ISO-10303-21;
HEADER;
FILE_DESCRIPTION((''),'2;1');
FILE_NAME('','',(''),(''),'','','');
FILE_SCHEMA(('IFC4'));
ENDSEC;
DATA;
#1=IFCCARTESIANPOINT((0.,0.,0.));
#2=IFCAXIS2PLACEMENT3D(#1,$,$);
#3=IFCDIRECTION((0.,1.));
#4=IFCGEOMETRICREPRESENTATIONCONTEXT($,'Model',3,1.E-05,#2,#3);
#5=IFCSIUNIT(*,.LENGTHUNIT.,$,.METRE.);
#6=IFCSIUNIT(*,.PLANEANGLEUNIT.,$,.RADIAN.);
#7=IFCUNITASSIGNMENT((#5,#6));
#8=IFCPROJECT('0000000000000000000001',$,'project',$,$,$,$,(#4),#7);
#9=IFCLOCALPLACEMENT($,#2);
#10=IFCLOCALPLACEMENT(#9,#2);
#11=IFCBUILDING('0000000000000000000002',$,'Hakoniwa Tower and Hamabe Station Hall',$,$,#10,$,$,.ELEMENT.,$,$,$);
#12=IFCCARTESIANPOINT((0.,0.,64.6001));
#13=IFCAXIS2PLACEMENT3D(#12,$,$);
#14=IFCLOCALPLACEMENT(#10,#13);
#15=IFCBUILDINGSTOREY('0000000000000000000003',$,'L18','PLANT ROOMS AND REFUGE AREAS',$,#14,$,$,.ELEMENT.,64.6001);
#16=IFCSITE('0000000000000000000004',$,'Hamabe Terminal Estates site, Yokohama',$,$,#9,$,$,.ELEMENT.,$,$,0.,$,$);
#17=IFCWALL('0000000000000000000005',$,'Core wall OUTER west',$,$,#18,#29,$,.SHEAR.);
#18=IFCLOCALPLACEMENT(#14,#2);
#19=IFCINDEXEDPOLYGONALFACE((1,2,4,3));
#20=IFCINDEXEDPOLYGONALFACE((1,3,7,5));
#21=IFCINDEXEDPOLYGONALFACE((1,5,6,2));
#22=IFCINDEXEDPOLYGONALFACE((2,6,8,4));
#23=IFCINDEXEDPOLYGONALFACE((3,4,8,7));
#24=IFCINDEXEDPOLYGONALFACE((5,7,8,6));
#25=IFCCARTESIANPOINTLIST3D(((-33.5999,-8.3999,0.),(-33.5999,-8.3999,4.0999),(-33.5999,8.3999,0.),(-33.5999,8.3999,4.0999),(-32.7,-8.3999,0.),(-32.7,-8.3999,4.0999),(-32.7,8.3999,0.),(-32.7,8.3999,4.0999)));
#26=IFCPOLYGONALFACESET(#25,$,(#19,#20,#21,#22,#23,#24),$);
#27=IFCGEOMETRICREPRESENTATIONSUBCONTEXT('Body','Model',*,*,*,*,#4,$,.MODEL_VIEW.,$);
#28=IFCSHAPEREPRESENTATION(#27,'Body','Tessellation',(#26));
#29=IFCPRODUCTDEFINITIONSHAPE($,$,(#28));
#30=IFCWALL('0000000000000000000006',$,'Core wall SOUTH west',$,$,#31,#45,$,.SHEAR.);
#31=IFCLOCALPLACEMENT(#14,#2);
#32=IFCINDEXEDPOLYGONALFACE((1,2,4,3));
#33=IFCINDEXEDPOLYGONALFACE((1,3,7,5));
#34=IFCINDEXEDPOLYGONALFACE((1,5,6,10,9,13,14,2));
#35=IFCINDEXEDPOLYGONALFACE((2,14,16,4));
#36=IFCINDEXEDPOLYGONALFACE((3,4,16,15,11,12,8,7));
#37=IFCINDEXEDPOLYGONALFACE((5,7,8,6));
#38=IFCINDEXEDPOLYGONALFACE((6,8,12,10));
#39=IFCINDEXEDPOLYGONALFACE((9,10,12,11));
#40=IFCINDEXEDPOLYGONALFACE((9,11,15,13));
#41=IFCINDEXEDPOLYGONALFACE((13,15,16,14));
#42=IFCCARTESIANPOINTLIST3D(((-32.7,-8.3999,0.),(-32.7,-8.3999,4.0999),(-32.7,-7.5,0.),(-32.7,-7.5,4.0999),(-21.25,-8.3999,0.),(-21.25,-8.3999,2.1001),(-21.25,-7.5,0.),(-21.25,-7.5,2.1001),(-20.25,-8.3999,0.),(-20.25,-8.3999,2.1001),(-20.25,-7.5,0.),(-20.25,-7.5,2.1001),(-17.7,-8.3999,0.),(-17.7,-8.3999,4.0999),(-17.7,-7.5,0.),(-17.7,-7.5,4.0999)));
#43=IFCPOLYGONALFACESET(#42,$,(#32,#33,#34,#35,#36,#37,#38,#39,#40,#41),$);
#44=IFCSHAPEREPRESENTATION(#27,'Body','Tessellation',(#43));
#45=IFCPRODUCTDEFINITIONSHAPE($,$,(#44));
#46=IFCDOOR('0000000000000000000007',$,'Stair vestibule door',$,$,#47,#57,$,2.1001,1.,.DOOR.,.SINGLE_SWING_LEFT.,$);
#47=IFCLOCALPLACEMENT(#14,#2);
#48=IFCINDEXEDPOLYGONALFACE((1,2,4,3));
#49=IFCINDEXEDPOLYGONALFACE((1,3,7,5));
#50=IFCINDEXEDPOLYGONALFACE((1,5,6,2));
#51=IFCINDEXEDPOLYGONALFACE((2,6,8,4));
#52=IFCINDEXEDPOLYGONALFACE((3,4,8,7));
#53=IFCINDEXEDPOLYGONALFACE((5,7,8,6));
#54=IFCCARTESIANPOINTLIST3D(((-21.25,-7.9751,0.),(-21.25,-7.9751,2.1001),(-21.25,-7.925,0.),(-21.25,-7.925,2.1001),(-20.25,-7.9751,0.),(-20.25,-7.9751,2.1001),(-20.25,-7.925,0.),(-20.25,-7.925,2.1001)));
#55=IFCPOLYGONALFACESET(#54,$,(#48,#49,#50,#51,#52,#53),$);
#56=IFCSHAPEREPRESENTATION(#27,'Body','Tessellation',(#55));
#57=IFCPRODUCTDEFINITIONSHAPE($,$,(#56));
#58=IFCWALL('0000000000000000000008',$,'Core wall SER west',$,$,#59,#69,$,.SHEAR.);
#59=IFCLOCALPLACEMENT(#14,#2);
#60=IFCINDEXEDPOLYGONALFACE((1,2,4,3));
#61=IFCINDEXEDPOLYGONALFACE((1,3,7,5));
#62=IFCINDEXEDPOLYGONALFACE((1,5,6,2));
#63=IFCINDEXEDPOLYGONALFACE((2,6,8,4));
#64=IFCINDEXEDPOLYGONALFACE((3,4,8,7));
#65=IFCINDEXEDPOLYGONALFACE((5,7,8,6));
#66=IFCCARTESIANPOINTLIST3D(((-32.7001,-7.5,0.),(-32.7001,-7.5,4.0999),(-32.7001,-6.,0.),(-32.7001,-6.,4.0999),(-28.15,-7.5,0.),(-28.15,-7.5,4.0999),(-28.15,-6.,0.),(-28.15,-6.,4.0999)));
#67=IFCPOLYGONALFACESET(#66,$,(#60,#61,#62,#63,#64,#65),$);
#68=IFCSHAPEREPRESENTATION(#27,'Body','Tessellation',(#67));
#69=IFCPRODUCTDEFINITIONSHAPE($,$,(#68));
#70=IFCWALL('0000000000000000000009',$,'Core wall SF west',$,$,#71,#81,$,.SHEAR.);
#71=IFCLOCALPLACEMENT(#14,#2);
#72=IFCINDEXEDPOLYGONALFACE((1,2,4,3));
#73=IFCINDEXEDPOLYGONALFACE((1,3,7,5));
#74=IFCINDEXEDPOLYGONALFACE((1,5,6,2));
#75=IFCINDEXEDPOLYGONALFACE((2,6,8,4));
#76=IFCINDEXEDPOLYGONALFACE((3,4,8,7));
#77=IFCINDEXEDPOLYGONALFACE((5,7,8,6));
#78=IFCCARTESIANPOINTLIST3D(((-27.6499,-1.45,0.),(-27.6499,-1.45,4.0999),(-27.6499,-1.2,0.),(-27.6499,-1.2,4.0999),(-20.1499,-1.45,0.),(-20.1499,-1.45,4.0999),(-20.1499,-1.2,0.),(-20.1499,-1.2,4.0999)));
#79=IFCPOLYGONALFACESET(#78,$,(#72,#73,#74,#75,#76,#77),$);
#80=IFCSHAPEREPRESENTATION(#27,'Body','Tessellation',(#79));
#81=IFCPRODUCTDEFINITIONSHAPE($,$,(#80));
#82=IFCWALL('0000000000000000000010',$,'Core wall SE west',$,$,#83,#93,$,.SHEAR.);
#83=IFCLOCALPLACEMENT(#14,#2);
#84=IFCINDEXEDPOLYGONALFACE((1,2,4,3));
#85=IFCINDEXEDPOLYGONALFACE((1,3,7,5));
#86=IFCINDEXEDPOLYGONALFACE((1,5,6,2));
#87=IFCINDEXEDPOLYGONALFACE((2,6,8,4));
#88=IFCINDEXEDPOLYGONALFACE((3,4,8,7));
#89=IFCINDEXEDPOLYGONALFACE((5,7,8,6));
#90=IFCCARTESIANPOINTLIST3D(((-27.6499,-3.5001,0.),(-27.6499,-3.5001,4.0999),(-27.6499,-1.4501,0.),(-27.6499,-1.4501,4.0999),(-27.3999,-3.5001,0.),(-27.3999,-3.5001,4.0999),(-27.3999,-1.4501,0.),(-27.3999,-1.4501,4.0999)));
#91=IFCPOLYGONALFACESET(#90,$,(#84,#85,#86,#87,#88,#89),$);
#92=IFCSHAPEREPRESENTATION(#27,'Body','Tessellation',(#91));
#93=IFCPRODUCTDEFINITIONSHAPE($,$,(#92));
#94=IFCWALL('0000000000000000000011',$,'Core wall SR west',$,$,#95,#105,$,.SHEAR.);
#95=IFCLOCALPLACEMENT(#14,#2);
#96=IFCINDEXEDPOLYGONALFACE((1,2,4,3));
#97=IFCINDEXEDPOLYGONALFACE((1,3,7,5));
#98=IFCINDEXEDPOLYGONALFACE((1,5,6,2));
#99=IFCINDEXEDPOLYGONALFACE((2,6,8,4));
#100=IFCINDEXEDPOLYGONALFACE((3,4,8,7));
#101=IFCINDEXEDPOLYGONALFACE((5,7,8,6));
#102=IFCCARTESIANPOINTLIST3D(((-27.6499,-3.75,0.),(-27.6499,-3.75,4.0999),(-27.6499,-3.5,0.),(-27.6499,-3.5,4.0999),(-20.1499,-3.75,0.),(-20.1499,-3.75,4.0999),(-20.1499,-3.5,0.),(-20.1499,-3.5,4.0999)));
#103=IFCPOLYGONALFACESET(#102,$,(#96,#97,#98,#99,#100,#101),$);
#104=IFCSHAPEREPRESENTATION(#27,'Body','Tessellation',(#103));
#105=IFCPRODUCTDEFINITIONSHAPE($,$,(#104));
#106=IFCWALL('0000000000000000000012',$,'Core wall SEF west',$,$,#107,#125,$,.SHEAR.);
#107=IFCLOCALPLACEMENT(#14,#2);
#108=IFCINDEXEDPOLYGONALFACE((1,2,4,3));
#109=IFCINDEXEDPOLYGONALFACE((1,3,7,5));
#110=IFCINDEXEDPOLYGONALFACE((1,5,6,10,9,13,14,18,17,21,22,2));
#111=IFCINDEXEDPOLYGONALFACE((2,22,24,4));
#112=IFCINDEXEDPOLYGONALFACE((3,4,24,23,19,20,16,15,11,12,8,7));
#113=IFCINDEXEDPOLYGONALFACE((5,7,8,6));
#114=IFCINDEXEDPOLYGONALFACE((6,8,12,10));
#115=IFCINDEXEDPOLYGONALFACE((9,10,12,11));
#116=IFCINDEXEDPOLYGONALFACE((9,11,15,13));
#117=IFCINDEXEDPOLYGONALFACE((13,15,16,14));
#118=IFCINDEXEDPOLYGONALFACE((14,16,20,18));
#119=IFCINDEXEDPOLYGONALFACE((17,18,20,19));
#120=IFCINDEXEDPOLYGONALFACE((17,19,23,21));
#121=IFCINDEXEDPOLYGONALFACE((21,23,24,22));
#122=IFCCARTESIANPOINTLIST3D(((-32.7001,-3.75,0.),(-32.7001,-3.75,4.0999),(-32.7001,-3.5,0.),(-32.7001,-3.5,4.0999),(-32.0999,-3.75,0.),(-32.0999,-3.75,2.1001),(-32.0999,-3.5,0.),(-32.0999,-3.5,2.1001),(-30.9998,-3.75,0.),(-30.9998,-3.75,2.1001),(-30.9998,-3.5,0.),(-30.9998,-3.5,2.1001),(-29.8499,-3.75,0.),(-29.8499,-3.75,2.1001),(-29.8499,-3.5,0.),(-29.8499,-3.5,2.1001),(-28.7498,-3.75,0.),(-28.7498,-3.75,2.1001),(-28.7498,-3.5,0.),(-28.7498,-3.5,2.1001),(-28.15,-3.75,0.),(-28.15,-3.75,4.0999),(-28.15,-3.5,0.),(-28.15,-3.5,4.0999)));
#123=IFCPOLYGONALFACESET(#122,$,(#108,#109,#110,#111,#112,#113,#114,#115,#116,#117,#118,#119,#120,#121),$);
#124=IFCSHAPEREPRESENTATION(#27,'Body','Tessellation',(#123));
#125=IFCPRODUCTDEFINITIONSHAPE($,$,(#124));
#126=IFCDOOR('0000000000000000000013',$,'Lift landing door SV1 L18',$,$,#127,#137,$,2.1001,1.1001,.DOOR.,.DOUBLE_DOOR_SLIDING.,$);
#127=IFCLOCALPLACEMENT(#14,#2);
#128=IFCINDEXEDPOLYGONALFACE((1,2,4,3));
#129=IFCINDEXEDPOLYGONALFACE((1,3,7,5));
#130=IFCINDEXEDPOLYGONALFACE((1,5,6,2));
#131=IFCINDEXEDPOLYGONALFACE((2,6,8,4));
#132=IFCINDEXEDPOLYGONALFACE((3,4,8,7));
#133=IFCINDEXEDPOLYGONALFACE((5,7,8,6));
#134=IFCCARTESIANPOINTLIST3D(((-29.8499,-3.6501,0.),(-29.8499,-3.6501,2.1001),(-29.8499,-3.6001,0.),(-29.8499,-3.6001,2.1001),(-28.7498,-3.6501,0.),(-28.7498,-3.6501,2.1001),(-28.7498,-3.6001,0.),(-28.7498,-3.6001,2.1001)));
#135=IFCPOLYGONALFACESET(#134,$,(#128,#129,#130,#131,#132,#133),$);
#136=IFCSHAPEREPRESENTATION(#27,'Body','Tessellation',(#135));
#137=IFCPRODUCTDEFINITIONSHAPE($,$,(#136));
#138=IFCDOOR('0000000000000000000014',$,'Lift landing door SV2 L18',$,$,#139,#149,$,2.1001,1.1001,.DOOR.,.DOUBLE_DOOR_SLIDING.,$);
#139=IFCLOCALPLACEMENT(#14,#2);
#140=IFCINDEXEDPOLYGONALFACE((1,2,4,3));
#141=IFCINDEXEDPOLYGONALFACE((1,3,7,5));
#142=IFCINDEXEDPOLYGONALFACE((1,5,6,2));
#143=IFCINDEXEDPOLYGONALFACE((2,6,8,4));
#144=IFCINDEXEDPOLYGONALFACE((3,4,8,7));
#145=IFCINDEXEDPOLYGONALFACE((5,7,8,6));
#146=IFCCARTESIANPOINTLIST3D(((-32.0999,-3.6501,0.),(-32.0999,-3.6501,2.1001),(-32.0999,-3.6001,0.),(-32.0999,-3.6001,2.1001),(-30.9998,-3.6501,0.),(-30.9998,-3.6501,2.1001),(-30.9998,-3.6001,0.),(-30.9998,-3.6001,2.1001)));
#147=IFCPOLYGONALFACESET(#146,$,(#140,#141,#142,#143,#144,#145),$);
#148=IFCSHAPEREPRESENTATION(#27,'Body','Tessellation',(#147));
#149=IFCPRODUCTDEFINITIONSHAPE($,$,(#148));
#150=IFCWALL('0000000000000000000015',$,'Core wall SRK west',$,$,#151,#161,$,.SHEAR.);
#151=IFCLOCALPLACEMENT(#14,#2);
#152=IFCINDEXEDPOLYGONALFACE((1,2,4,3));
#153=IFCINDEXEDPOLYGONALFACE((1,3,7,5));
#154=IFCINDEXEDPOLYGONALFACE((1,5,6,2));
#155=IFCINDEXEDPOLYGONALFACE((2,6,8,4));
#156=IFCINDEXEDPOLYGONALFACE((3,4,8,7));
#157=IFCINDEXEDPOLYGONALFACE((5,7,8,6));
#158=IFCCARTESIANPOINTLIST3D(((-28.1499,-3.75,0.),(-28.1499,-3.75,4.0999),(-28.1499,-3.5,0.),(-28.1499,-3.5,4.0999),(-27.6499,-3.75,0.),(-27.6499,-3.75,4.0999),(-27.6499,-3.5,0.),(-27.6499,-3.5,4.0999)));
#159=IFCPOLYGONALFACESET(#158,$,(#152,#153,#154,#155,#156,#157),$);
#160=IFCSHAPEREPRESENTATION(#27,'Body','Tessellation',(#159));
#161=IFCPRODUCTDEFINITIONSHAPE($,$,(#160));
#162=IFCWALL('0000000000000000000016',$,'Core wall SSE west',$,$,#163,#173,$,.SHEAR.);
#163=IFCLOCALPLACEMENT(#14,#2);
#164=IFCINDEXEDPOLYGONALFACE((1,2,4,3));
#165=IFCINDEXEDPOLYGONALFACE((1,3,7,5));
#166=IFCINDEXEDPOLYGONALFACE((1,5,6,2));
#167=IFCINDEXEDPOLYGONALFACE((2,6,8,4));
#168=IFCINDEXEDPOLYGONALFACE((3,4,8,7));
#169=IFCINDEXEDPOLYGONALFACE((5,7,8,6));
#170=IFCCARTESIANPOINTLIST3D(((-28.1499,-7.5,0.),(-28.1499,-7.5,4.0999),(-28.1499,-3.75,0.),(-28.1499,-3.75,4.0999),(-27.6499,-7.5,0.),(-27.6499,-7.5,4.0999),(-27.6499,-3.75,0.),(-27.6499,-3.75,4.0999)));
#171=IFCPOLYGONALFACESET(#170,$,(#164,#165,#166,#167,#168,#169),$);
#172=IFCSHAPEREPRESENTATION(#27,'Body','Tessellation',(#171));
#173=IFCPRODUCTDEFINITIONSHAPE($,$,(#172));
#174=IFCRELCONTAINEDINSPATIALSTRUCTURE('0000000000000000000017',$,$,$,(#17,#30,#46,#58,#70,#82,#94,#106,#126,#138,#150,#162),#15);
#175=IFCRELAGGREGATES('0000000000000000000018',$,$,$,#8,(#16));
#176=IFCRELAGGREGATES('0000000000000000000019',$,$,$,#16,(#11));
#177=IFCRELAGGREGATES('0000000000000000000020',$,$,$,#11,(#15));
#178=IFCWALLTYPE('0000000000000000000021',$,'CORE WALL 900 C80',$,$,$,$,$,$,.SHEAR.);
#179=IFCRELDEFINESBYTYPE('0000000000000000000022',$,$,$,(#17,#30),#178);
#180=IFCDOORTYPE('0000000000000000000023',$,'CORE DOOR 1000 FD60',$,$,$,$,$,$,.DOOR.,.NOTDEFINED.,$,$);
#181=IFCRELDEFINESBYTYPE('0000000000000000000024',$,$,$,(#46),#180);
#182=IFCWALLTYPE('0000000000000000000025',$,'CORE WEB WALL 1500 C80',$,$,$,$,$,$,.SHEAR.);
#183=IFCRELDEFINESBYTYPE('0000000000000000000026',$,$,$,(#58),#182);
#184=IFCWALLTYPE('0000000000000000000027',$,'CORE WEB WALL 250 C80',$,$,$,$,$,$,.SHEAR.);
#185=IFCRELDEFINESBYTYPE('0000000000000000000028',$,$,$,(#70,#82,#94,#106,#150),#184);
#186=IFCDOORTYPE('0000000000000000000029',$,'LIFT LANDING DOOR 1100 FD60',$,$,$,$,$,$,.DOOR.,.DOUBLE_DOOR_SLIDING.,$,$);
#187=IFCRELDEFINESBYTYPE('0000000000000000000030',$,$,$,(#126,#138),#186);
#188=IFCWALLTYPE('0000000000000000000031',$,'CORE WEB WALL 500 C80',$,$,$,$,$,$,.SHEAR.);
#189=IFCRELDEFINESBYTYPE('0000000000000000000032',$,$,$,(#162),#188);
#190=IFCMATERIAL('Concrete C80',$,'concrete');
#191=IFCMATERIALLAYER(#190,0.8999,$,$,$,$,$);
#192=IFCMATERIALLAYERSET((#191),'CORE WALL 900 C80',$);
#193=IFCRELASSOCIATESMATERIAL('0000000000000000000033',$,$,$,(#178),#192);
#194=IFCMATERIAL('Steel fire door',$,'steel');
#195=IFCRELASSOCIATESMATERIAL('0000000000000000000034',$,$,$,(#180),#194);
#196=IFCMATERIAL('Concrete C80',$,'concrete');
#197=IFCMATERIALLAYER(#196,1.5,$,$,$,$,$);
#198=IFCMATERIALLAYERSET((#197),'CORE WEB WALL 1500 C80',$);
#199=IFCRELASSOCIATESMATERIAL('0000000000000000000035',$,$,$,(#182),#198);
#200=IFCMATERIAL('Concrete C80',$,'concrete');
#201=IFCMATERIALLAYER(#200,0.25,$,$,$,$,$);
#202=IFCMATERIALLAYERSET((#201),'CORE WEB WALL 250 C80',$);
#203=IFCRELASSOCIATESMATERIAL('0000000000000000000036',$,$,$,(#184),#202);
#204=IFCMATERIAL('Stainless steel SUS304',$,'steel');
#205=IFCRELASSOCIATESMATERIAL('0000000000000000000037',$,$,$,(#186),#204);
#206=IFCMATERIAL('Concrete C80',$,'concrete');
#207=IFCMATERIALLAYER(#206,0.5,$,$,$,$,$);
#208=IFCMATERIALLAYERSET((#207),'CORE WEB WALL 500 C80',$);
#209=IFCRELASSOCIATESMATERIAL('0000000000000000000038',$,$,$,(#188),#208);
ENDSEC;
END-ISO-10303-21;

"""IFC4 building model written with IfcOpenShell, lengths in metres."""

from ifc_helpers import new_model, si_unit, direction, frame, frame_2d, origin, place, context, subcontext, project, spatial, rectangle, extrude, material, layer, layer_set, type_object, element, fill, save


model = new_model("IFC4")

# Units and contexts
model_context = context("Model", 3, precision=1e-05, world=origin(), true_north=direction((0.0, 1.0)))
body_context = subcontext(model_context, "Body", "Model", "MODEL_VIEW")
ifc_project = project(units=[si_unit("LENGTHUNIT", "METRE"), si_unit("PLANEANGLEUNIT", "RADIAN")], contexts=[model_context])

# Site, building, storey
site_placement = place(None, origin())
site = spatial("IfcSite", under=ifc_project, at=site_placement, Name="Hamabe Terminal Estates site, Yokohama", CompositionType="ELEMENT", RefElevation=0.0)
building_placement = place(site_placement, origin())
building = spatial("IfcBuilding", under=site, at=building_placement, Name="Hakoniwa Tower and Hamabe Station Hall", CompositionType="ELEMENT")
storey_placement = place(building_placement, frame((0.0, 0.0, 64.6001)))
storey = spatial("IfcBuildingStorey", under=building, at=storey_placement, Name="L18", Description="PLANT ROOMS AND REFUGE AREAS", CompositionType="ELEMENT", Elevation=64.6001)

# Wall
ifc_material_1 = material(Name="Concrete C80", Category="concrete")
ifc_layer_1 = layer(ifc_material_1, 0.8999)
ifc_layer_set_1 = layer_set([ifc_layer_1], Name="CORE WALL 900 C80")
wall_type_1 = type_object("IfcWallType", Name="CORE WALL 900 C80", PredefinedType="SHEAR", material=ifc_layer_set_1)
wall_1_placement = place(storey_placement, frame((-33.1499, -8.3999, 0.0), z_axis=(0.0, 0.0, 1.0), x_axis=(0.0, 1.0, 0.0)))
element("IfcWall", 1, at=wall_1_placement, inside=storey, type_object=wall_type_1, Name="Core wall OUTER west", PredefinedType="SHEAR", context=body_context, shape_type="SweptSolid", body=[
    extrude(rectangle(XDim=16.7998, YDim=0.8999, at=frame_2d((8.3999, 0.0))), origin(), (0.0, 0.0, 1.0), 4.0999),
])

# Wall, opening, door
wall_2_placement = place(storey_placement, frame((-32.7, -7.95, 0.0), z_axis=(0.0, 0.0, 1.0), x_axis=(1.0, 0.0, 0.0)))
wall_2 = element("IfcWall", 2, at=wall_2_placement, inside=storey, type_object=wall_type_1, Name="Core wall SOUTH west", PredefinedType="SHEAR", context=body_context, shape_type="SweptSolid", body=[
    extrude(rectangle(XDim=15.0, YDim=0.8999, at=frame_2d((7.5, 0.0))), origin(), (0.0, 0.0, 1.0), 4.0999),
])
opening_1_placement = place(wall_2_placement, frame((11.45, 0.0, 0.0)))
opening_1 = element("IfcOpeningElement", 3, at=opening_1_placement, cuts=wall_2, PredefinedType="OPENING", context=body_context, shape_type="SweptSolid", body=[
    extrude(rectangle(XDim=1.0, YDim=2.1001, at=frame_2d((0.5, 1.05))), frame((0.0, 0.46, 0.0), z_axis=(0.0, -1.0, 0.0), x_axis=(1.0, 0.0, 0.0)), (0.0, 0.0, 1.0), 0.9199),
])
ifc_material_2 = material(Name="Steel fire door", Category="steel")
door_type_1 = type_object("IfcDoorType", Name="CORE DOOR 1000 FD60", OperationType="NOTDEFINED", PredefinedType="DOOR", material=ifc_material_2)
door_1_placement = place(opening_1_placement, origin())
door_1 = element("IfcDoor", 4, at=door_1_placement, inside=storey, type_object=door_type_1, Name="Stair vestibule door", OperationType="SINGLE_SWING_LEFT", OverallHeight=2.1001, OverallWidth=1.0, PredefinedType="DOOR", context=body_context, shape_type="SweptSolid", body=[
    extrude(rectangle(XDim=1.0, YDim=2.1001, at=frame_2d((0.5, 1.05))), frame((0.0, 0.0249, 0.0), z_axis=(0.0, -1.0, 0.0), x_axis=(1.0, 0.0, 0.0)), (0.0, 0.0, 1.0), 0.05),
])
fill(opening_1, door_1)

# Walls
ifc_material_3 = material(Name="Concrete C80", Category="concrete")
ifc_layer_2 = layer(ifc_material_3, 1.5)
ifc_layer_set_2 = layer_set([ifc_layer_2], Name="CORE WEB WALL 1500 C80")
wall_type_2 = type_object("IfcWallType", Name="CORE WEB WALL 1500 C80", PredefinedType="SHEAR", material=ifc_layer_set_2)
wall_3_placement = place(storey_placement, frame((-32.7, -6.75, 0.0), z_axis=(0.0, 0.0, 1.0), x_axis=(1.0, 0.0, 0.0)))
element("IfcWall", 5, at=wall_3_placement, inside=storey, type_object=wall_type_2, Name="Core wall SER west", PredefinedType="SHEAR", context=body_context, shape_type="SweptSolid", body=[
    extrude(rectangle(XDim=4.55, YDim=1.5, at=frame_2d((2.2749, 0.0))), origin(), (0.0, 0.0, 1.0), 4.0999),
])
ifc_material_4 = material(Name="Concrete C80", Category="concrete")
ifc_layer_3 = layer(ifc_material_4, 0.25)
ifc_layer_set_3 = layer_set([ifc_layer_3], Name="CORE WEB WALL 250 C80")
wall_type_3 = type_object("IfcWallType", Name="CORE WEB WALL 250 C80", PredefinedType="SHEAR", material=ifc_layer_set_3)
wall_4_placement = place(storey_placement, frame((-27.6499, -1.325, 0.0), z_axis=(0.0, 0.0, 1.0), x_axis=(1.0, 0.0, 0.0)))
element("IfcWall", 6, at=wall_4_placement, inside=storey, type_object=wall_type_3, Name="Core wall SF west", PredefinedType="SHEAR", context=body_context, shape_type="SweptSolid", body=[
    extrude(rectangle(XDim=7.5, YDim=0.25, at=frame_2d((3.75, 0.0))), origin(), (0.0, 0.0, 1.0), 4.0999),
])
wall_5_placement = place(storey_placement, frame((-27.5249, -3.5, 0.0), z_axis=(0.0, 0.0, 1.0), x_axis=(0.0, 1.0, 0.0)))
element("IfcWall", 7, at=wall_5_placement, inside=storey, type_object=wall_type_3, Name="Core wall SE west", PredefinedType="SHEAR", context=body_context, shape_type="SweptSolid", body=[
    extrude(rectangle(XDim=2.05, YDim=0.25, at=frame_2d((1.0249, 0.0))), origin(), (0.0, 0.0, 1.0), 4.0999),
])
wall_6_placement = place(storey_placement, frame((-27.6499, -3.625, 0.0), z_axis=(0.0, 0.0, 1.0), x_axis=(1.0, 0.0, 0.0)))
element("IfcWall", 8, at=wall_6_placement, inside=storey, type_object=wall_type_3, Name="Core wall SR west", PredefinedType="SHEAR", context=body_context, shape_type="SweptSolid", body=[
    extrude(rectangle(XDim=7.5, YDim=0.25, at=frame_2d((3.75, 0.0))), origin(), (0.0, 0.0, 1.0), 4.0999),
])

# Wall, openings, doors
wall_7_placement = place(storey_placement, frame((-32.7, -3.625, 0.0), z_axis=(0.0, 0.0, 1.0), x_axis=(1.0, 0.0, 0.0)))
wall_7 = element("IfcWall", 9, at=wall_7_placement, inside=storey, type_object=wall_type_3, Name="Core wall SEF west", PredefinedType="SHEAR", context=body_context, shape_type="SweptSolid", body=[
    extrude(rectangle(XDim=4.55, YDim=0.25, at=frame_2d((2.2749, 0.0))), origin(), (0.0, 0.0, 1.0), 4.0999),
])
opening_2_placement = place(wall_7_placement, frame((2.8501, 0.0, 0.0)))
opening_2 = element("IfcOpeningElement", 10, at=opening_2_placement, cuts=wall_7, PredefinedType="OPENING", context=body_context, shape_type="SweptSolid", body=[
    extrude(rectangle(XDim=1.1001, YDim=2.1001, at=frame_2d((0.55, 1.05))), frame((0.0, 0.135, 0.0), z_axis=(0.0, -1.0, 0.0), x_axis=(1.0, 0.0, 0.0)), (0.0, 0.0, 1.0), 0.27),
])
opening_3_placement = place(wall_7_placement, frame((0.6001, 0.0, 0.0)))
opening_3 = element("IfcOpeningElement", 11, at=opening_3_placement, cuts=wall_7, PredefinedType="OPENING", context=body_context, shape_type="SweptSolid", body=[
    extrude(rectangle(XDim=1.1001, YDim=2.1001, at=frame_2d((0.55, 1.05))), frame((0.0, 0.135, 0.0), z_axis=(0.0, -1.0, 0.0), x_axis=(1.0, 0.0, 0.0)), (0.0, 0.0, 1.0), 0.27),
])
ifc_material_5 = material(Name="Stainless steel SUS304", Category="steel")
door_type_2 = type_object("IfcDoorType", Name="LIFT LANDING DOOR 1100 FD60", OperationType="DOUBLE_DOOR_SLIDING", PredefinedType="DOOR", material=ifc_material_5)
door_2_placement = place(opening_2_placement, origin())
door_2 = element("IfcDoor", 12, at=door_2_placement, inside=storey, type_object=door_type_2, Name="Lift landing door SV1 L18", OperationType="DOUBLE_DOOR_SLIDING", OverallHeight=2.1001, OverallWidth=1.1001, PredefinedType="DOOR", context=body_context, shape_type="SweptSolid", body=[
    extrude(rectangle(XDim=1.1001, YDim=2.1001, at=frame_2d((0.55, 1.05))), frame((0.0, 0.0249, 0.0), z_axis=(0.0, -1.0, 0.0), x_axis=(1.0, 0.0, 0.0)), (0.0, 0.0, 1.0), 0.05),
])
fill(opening_2, door_2)
door_3_placement = place(opening_3_placement, origin())
door_3 = element("IfcDoor", 13, at=door_3_placement, inside=storey, type_object=door_type_2, Name="Lift landing door SV2 L18", OperationType="DOUBLE_DOOR_SLIDING", OverallHeight=2.1001, OverallWidth=1.1001, PredefinedType="DOOR", context=body_context, shape_type="SweptSolid", body=[
    extrude(rectangle(XDim=1.1001, YDim=2.1001, at=frame_2d((0.55, 1.05))), frame((0.0, 0.0249, 0.0), z_axis=(0.0, -1.0, 0.0), x_axis=(1.0, 0.0, 0.0)), (0.0, 0.0, 1.0), 0.05),
])
fill(opening_3, door_3)

# Walls
wall_8_placement = place(storey_placement, frame((-28.1499, -3.625, 0.0), z_axis=(0.0, 0.0, 1.0), x_axis=(1.0, 0.0, 0.0)))
element("IfcWall", 14, at=wall_8_placement, inside=storey, type_object=wall_type_3, Name="Core wall SRK west", PredefinedType="SHEAR", context=body_context, shape_type="SweptSolid", body=[
    extrude(rectangle(XDim=0.5, YDim=0.25, at=frame_2d((0.25, 0.0))), origin(), (0.0, 0.0, 1.0), 4.0999),
])
ifc_material_6 = material(Name="Concrete C80", Category="concrete")
ifc_layer_4 = layer(ifc_material_6, 0.5)
ifc_layer_set_4 = layer_set([ifc_layer_4], Name="CORE WEB WALL 500 C80")
wall_type_4 = type_object("IfcWallType", Name="CORE WEB WALL 500 C80", PredefinedType="SHEAR", material=ifc_layer_set_4)
wall_9_placement = place(storey_placement, frame((-27.8999, -7.5, 0.0), z_axis=(0.0, 0.0, 1.0), x_axis=(0.0, 1.0, 0.0)))
element("IfcWall", 15, at=wall_9_placement, inside=storey, type_object=wall_type_4, Name="Core wall SSE west", PredefinedType="SHEAR", context=body_context, shape_type="SweptSolid", body=[
    extrude(rectangle(XDim=3.75, YDim=0.5, at=frame_2d((1.875, 0.0))), origin(), (0.0, 0.0, 1.0), 4.0999),
])

save(model, "model.ifc")
